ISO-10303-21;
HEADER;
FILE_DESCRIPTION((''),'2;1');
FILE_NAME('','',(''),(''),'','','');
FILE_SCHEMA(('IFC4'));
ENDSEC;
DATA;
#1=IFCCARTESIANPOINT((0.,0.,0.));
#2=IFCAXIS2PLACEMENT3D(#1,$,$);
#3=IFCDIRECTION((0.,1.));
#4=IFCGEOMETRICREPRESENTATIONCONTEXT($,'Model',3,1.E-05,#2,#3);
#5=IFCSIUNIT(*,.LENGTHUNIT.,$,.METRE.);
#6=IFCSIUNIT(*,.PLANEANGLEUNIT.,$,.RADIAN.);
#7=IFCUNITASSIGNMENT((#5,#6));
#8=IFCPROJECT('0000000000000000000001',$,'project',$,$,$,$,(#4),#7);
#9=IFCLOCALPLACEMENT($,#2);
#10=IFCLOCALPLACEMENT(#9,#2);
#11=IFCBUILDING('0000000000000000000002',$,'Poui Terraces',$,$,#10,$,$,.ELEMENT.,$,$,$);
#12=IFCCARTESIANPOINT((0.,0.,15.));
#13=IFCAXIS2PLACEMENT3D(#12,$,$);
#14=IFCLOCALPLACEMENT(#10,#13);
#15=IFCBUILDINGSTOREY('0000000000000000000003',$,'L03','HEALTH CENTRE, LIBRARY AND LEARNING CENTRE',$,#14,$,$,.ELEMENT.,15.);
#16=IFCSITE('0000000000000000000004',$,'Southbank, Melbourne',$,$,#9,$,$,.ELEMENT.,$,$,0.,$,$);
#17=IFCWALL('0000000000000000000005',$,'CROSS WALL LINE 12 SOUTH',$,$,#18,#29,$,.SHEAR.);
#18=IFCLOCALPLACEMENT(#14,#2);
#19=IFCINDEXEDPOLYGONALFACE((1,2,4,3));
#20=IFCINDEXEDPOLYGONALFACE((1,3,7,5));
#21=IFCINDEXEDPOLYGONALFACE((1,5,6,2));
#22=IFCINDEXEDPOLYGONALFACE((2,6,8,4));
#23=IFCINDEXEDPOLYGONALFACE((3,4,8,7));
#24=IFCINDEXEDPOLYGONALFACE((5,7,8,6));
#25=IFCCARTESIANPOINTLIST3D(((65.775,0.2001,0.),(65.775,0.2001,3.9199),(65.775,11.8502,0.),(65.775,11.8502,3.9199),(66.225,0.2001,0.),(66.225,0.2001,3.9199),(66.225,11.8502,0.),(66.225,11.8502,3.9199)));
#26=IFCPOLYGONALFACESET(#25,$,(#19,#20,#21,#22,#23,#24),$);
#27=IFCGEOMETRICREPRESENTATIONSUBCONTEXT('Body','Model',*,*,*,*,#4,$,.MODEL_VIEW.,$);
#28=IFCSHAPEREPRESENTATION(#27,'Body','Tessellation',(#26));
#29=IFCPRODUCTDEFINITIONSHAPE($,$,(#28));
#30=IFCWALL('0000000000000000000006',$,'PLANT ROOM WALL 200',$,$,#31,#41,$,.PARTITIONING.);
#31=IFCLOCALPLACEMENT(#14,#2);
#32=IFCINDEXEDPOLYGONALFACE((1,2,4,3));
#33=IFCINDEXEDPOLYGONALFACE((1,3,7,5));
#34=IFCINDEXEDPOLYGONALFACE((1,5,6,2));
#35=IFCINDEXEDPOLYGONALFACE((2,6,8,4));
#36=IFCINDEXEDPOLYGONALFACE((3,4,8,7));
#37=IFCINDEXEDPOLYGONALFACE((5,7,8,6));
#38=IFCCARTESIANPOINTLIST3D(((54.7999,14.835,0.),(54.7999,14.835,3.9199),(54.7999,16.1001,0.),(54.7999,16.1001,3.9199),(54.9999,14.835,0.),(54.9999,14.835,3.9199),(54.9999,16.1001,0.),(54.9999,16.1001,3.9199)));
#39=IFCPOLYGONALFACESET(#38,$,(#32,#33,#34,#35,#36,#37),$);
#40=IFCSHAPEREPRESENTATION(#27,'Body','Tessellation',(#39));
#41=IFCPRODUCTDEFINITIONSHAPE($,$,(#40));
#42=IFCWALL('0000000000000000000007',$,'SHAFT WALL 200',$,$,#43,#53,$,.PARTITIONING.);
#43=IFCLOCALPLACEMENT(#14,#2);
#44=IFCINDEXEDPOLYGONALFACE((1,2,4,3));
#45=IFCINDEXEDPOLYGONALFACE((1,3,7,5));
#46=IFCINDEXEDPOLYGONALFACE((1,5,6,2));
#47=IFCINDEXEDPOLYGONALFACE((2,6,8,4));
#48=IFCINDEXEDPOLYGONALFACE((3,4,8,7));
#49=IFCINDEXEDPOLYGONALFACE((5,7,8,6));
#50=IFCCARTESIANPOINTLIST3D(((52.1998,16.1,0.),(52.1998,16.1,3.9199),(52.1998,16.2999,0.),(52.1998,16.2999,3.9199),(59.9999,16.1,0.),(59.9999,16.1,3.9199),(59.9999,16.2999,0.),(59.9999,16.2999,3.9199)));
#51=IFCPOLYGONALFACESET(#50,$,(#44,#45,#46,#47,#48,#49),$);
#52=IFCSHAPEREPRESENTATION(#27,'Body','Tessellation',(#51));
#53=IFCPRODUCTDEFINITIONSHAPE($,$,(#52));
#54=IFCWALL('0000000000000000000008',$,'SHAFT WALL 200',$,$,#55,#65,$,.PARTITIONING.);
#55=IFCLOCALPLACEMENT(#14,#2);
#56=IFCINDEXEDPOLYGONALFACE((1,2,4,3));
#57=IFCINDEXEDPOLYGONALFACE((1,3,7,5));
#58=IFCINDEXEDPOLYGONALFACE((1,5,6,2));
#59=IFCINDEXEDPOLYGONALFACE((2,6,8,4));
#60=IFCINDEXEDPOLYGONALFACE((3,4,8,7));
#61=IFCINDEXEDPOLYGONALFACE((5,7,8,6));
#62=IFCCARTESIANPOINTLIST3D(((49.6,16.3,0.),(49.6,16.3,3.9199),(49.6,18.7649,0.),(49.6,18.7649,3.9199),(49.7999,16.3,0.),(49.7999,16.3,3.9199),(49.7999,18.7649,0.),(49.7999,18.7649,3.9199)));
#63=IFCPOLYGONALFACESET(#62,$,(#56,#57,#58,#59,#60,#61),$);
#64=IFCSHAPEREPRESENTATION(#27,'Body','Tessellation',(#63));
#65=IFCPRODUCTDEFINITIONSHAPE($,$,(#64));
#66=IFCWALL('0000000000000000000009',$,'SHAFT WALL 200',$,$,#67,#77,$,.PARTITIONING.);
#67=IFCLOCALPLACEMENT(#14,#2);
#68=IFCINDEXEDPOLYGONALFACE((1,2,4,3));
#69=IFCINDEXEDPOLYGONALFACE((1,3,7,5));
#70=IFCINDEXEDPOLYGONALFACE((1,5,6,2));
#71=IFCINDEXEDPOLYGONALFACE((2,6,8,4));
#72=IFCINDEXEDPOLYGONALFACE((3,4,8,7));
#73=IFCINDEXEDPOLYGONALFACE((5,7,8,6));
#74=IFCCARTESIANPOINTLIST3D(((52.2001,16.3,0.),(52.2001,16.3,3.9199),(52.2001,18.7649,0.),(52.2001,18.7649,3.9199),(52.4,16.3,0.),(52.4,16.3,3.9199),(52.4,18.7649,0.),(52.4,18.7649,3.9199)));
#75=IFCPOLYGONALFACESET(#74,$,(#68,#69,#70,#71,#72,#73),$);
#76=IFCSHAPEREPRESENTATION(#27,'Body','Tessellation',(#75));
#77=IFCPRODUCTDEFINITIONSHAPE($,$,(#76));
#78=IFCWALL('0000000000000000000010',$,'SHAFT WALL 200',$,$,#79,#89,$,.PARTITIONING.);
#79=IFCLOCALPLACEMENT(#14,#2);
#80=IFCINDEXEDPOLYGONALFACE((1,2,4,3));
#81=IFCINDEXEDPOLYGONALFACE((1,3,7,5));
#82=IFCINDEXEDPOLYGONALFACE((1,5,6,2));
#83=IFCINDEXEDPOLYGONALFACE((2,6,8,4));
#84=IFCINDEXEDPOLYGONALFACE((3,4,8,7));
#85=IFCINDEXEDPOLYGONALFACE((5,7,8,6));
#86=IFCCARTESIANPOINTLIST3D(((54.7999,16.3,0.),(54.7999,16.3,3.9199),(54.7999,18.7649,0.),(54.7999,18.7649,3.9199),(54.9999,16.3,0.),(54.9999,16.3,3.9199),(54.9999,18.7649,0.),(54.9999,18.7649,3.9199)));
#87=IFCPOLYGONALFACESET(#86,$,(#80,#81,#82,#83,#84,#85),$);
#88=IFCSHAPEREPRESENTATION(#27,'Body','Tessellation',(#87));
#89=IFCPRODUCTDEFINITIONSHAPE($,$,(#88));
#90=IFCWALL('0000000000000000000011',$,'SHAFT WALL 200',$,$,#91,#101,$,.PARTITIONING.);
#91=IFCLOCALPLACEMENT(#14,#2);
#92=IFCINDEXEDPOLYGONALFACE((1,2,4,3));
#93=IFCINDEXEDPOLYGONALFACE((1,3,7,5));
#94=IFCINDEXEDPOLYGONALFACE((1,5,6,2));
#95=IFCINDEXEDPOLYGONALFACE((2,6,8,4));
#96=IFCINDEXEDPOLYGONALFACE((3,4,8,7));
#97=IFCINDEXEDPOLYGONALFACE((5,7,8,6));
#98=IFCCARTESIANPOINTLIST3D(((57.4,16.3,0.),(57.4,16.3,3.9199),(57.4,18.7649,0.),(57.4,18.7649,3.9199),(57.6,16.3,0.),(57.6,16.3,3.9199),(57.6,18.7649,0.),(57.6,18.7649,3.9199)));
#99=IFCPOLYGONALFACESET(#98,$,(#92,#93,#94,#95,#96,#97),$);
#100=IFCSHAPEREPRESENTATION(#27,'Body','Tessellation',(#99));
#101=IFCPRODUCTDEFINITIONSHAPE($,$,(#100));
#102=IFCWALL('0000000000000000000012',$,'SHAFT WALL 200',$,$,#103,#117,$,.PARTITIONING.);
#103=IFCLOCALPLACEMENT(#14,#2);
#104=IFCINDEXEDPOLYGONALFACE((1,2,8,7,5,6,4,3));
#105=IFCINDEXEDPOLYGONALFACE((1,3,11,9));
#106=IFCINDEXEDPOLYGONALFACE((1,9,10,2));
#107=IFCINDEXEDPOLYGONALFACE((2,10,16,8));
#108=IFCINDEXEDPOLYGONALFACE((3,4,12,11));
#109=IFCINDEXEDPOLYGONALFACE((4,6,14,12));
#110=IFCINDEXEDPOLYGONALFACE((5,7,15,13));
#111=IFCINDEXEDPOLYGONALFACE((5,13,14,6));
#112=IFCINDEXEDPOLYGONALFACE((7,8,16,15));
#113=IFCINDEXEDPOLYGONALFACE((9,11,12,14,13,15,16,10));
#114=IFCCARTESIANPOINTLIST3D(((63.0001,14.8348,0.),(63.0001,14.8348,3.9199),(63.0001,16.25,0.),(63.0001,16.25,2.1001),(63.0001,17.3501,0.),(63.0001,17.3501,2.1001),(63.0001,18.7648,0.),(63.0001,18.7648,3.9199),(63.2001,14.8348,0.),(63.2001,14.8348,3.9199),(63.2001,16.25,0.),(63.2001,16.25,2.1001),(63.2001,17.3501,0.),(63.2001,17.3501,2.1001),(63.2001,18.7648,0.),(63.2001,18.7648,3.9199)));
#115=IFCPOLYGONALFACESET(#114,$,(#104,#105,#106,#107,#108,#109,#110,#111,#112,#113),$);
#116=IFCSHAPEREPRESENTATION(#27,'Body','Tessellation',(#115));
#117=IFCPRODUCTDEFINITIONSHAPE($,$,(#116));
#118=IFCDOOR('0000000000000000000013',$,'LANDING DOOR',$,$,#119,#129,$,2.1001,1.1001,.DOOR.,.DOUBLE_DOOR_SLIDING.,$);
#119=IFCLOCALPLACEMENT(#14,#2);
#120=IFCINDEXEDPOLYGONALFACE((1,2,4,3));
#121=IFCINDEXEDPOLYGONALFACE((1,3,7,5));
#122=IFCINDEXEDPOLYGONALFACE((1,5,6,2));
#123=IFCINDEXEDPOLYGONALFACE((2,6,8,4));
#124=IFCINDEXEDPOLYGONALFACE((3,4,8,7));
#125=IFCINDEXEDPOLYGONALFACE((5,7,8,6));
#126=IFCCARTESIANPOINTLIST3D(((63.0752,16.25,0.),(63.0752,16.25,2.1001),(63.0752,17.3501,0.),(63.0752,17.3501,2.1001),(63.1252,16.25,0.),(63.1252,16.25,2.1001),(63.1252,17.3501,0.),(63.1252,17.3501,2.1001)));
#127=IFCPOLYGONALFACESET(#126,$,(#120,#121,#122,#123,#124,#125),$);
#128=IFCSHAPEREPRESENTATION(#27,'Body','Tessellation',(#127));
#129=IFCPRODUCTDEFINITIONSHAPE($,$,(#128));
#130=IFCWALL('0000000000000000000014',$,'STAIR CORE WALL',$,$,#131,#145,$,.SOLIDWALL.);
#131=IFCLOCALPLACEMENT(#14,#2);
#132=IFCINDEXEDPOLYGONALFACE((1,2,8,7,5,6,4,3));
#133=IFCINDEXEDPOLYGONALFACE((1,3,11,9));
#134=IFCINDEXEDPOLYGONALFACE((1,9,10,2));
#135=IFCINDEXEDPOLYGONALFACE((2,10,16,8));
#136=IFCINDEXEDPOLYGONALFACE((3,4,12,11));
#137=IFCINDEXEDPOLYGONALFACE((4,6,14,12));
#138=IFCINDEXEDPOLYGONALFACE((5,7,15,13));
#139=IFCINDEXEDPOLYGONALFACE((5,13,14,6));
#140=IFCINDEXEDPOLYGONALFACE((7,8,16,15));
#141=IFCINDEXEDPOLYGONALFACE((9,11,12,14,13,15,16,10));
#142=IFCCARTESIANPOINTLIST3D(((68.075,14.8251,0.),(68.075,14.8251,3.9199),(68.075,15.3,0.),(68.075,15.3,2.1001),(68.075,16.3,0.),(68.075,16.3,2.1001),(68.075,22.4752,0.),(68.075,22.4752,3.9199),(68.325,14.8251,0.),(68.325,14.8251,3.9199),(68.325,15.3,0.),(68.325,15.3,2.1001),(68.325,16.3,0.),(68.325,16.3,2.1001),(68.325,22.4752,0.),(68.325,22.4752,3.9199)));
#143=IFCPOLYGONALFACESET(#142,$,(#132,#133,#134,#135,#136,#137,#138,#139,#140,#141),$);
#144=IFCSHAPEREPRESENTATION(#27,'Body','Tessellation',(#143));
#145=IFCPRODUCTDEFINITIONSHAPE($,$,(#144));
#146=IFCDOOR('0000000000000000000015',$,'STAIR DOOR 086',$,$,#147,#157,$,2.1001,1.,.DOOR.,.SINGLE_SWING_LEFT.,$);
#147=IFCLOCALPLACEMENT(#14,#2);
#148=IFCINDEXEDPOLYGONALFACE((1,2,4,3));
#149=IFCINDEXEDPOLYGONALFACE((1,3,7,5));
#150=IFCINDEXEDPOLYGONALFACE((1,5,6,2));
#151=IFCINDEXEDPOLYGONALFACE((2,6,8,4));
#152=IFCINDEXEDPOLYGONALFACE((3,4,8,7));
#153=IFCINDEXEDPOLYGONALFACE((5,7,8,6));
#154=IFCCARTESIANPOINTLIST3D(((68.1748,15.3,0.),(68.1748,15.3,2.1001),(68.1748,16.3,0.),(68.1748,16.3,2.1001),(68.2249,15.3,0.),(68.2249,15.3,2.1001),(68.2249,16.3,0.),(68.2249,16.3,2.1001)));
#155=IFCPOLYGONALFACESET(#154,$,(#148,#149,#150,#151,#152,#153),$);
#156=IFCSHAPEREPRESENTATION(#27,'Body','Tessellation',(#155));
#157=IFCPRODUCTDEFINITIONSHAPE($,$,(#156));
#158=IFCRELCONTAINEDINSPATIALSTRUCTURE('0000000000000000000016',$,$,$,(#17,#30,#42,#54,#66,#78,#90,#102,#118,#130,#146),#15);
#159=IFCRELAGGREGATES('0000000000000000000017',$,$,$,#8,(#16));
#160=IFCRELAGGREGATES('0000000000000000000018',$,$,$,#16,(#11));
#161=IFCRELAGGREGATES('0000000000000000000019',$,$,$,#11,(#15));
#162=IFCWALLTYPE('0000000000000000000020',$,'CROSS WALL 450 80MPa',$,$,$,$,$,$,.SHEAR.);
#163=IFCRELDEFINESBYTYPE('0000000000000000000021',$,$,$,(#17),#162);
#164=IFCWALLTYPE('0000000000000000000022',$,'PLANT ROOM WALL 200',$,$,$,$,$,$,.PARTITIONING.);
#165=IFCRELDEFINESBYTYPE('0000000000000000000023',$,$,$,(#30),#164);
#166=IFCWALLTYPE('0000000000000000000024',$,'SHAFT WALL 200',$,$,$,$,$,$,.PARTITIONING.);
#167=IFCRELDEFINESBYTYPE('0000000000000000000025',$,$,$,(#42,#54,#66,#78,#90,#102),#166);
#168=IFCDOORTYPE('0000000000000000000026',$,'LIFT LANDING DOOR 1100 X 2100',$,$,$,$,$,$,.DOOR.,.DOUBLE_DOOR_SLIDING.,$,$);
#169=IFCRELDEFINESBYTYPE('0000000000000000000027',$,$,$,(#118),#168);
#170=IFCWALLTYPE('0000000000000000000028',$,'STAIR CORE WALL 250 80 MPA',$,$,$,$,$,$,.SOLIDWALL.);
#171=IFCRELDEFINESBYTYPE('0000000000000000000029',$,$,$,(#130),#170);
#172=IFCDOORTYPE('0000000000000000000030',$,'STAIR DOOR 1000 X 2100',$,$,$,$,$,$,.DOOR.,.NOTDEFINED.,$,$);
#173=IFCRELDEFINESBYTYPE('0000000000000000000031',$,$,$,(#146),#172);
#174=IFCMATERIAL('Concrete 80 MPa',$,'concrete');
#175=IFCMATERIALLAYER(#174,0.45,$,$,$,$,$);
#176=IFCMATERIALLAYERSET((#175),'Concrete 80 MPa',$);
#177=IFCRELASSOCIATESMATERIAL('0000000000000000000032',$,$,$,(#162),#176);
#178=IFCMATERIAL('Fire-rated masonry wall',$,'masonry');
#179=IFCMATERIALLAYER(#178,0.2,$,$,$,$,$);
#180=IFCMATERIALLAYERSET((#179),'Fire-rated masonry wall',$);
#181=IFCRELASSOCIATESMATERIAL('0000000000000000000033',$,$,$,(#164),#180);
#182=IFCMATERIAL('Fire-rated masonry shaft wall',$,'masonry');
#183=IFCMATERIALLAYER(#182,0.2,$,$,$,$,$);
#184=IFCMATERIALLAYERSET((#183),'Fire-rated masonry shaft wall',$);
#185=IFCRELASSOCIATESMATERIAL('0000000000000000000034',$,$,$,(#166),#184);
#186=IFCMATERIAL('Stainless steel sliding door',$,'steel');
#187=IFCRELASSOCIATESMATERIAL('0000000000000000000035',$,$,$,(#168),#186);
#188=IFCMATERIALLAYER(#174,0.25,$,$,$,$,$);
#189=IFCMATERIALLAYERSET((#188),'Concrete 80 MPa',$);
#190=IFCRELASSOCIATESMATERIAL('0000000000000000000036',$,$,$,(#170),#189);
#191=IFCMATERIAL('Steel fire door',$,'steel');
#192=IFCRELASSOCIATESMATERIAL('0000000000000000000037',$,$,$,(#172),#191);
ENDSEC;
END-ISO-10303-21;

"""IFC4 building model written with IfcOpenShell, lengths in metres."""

from ifc_helpers import new_model, si_unit, direction, frame, frame_2d, origin, place, context, subcontext, project, spatial, rectangle, extrude, material, layer, layer_set, type_object, element, fill, save


model = new_model("IFC4")

# Units and contexts
model_context = context("Model", 3, precision=1e-05, world=origin(), true_north=direction((0.0, 1.0)))
body_context = subcontext(model_context, "Body", "Model", "MODEL_VIEW")
ifc_project = project(units=[si_unit("LENGTHUNIT", "METRE"), si_unit("PLANEANGLEUNIT", "RADIAN")], contexts=[model_context])

# Site, building, storey
site_placement = place(None, origin())
site = spatial("IfcSite", under=ifc_project, at=site_placement, Name="Southbank, Melbourne", CompositionType="ELEMENT", RefElevation=0.0)
building_placement = place(site_placement, origin())
building = spatial("IfcBuilding", under=site, at=building_placement, Name="Poui Terraces", CompositionType="ELEMENT")
storey_placement = place(building_placement, frame((0.0, 0.0, 15.0)))
storey = spatial("IfcBuildingStorey", under=building, at=storey_placement, Name="L03", Description="HEALTH CENTRE, LIBRARY AND LEARNING CENTRE", CompositionType="ELEMENT", Elevation=15.0)

# Shared definitions
ifc_material_1 = material(Name="Concrete 80 MPa", Category="concrete")

# Shared definitions
ifc_material_2 = material(Name="Steel fire door", Category="steel")

# Walls
ifc_layer_1 = layer(ifc_material_1, 0.45)
ifc_layer_set_1 = layer_set([ifc_layer_1], Name="Concrete 80 MPa")
wall_type_1 = type_object("IfcWallType", Name="CROSS WALL 450 80MPa", PredefinedType="SHEAR", material=ifc_layer_set_1)
for number, where, z_axis, x_axis, name in (
    (1, (66.0, 0.2, 0.0), (0.0, 0.0, 1.0), (0.0, 1.0, 0.0), "CROSS WALL LINE 12 SOUTH"),
):
    element("IfcWall", number, at=place(storey_placement, frame(where, z_axis=z_axis, x_axis=x_axis)), inside=storey, type_object=wall_type_1, Name=name, PredefinedType="SHEAR", context=body_context, shape_type="SweptSolid", body=[
        extrude(rectangle(XDim=11.6501, YDim=0.45, at=frame_2d((5.8252, 0.0))), origin(), (0.0, 0.0, 1.0), 3.9199),
    ])
ifc_material_3 = material(Name="Fire-rated masonry wall", Category="masonry")
ifc_layer_2 = layer(ifc_material_3, 0.2)
ifc_layer_set_2 = layer_set([ifc_layer_2], Name="Fire-rated masonry wall")
wall_type_2 = type_object("IfcWallType", Name="PLANT ROOM WALL 200", PredefinedType="PARTITIONING", material=ifc_layer_set_2)
wall_1_placement = place(storey_placement, frame((54.8999, 14.835, 0.0), z_axis=(0.0, 0.0, 1.0), x_axis=(0.0, 1.0, 0.0)))
element("IfcWall", 2, at=wall_1_placement, inside=storey, type_object=wall_type_2, Name="PLANT ROOM WALL 200", PredefinedType="PARTITIONING", context=body_context, shape_type="SweptSolid", body=[
    extrude(rectangle(XDim=1.2651, YDim=0.2, at=frame_2d((0.6326, 0.0))), origin(), (0.0, 0.0, 1.0), 3.9199),
])
ifc_material_4 = material(Name="Fire-rated masonry shaft wall", Category="masonry")
ifc_layer_3 = layer(ifc_material_4, 0.2)
ifc_layer_set_3 = layer_set([ifc_layer_3], Name="Fire-rated masonry shaft wall")
wall_type_3 = type_object("IfcWallType", Name="SHAFT WALL 200", PredefinedType="PARTITIONING", material=ifc_layer_set_3)
wall_2_placement = place(storey_placement, frame((52.2, 16.2, 0.0), z_axis=(0.0, 0.0, 1.0), x_axis=(1.0, 0.0, 0.0)))
element("IfcWall", 3, at=wall_2_placement, inside=storey, type_object=wall_type_3, Name="SHAFT WALL 200", PredefinedType="PARTITIONING", context=body_context, shape_type="SweptSolid", body=[
    extrude(rectangle(XDim=7.8, YDim=0.2, at=frame_2d((3.8999, 0.0))), origin(), (0.0, 0.0, 1.0), 3.9199),
])
for number, where, z_axis, x_axis, name in (
    (4, (49.7, 16.3, 0.0), (0.0, 0.0, 1.0), (0.0, 1.0, 0.0), "SHAFT WALL 200"),
    (5, (52.3, 16.3, 0.0), (0.0, 0.0, 1.0), (0.0, 1.0, 0.0), "SHAFT WALL 200"),
    (6, (54.8999, 16.3, 0.0), (0.0, 0.0, 1.0), (0.0, 1.0, 0.0), "SHAFT WALL 200"),
    (7, (57.5, 16.3, 0.0), (0.0, 0.0, 1.0), (0.0, 1.0, 0.0), "SHAFT WALL 200"),
):
    element("IfcWall", number, at=place(storey_placement, frame(where, z_axis=z_axis, x_axis=x_axis)), inside=storey, type_object=wall_type_3, Name=name, PredefinedType="PARTITIONING", context=body_context, shape_type="SweptSolid", body=[
        extrude(rectangle(XDim=2.4648, YDim=0.2, at=frame_2d((1.2324, 0.0))), origin(), (0.0, 0.0, 1.0), 3.9199),
    ])

# Walls, openings, doors
wall_3_placement = place(storey_placement, frame((63.1001, 14.835, 0.0), z_axis=(0.0, 0.0, 1.0), x_axis=(0.0, 1.0, 0.0)))
wall_3 = element("IfcWall", 8, at=wall_3_placement, inside=storey, type_object=wall_type_3, Name="SHAFT WALL 200", PredefinedType="PARTITIONING", context=body_context, shape_type="SweptSolid", body=[
    extrude(rectangle(XDim=3.9299, YDim=0.2, at=frame_2d((1.9648, 0.0))), origin(), (0.0, 0.0, 1.0), 3.9199),
])
opening_1_placement = place(wall_3_placement, frame((1.415, 0.0, 0.0)))
opening_1 = element("IfcOpeningElement", 9, at=opening_1_placement, cuts=wall_3, PredefinedType="OPENING", context=body_context, shape_type="SweptSolid", body=[
    extrude(rectangle(XDim=1.1001, YDim=2.1001, at=frame_2d((0.55, 1.05))), frame((0.0, 0.1099, 0.0), z_axis=(0.0, -1.0, 0.0), x_axis=(1.0, 0.0, 0.0)), (0.0, 0.0, 1.0), 0.22),
])
ifc_material_5 = material(Name="Stainless steel sliding door", Category="steel")
door_type_1 = type_object("IfcDoorType", Name="LIFT LANDING DOOR 1100 X 2100", OperationType="DOUBLE_DOOR_SLIDING", PredefinedType="DOOR", material=ifc_material_5)
door_1_placement = place(opening_1_placement, origin())
door_1 = element("IfcDoor", 10, at=door_1_placement, inside=storey, type_object=door_type_1, Name="LANDING DOOR", OperationType="DOUBLE_DOOR_SLIDING", OverallHeight=2.1001, OverallWidth=1.1001, PredefinedType="DOOR", context=body_context, shape_type="SweptSolid", body=[
    extrude(rectangle(XDim=1.1001, YDim=2.1001, at=frame_2d((0.55, 1.05))), frame((0.0, 0.0249, 0.0), z_axis=(0.0, -1.0, 0.0), x_axis=(1.0, 0.0, 0.0)), (0.0, 0.0, 1.0), 0.05),
])
fill(opening_1, door_1)
ifc_layer_4 = layer(ifc_material_1, 0.25)
ifc_layer_set_4 = layer_set([ifc_layer_4], Name="Concrete 80 MPa")
wall_type_4 = type_object("IfcWallType", Name="STAIR CORE WALL 250 80 MPA", PredefinedType="SOLIDWALL", material=ifc_layer_set_4)
wall_4_placement = place(storey_placement, frame((68.2, 14.825, 0.0), z_axis=(0.0, 0.0, 1.0), x_axis=(0.0, 1.0, 0.0)))
wall_4 = element("IfcWall", 11, at=wall_4_placement, inside=storey, type_object=wall_type_4, Name="STAIR CORE WALL", PredefinedType="SOLIDWALL", context=body_context, shape_type="SweptSolid", body=[
    extrude(rectangle(XDim=7.6501, YDim=0.25, at=frame_2d((3.8252, 0.0))), origin(), (0.0, 0.0, 1.0), 3.9199),
])
opening_2_placement = place(wall_4_placement, frame((0.4751, 0.0, 0.0)))
opening_2 = element("IfcOpeningElement", 12, at=opening_2_placement, cuts=wall_4, PredefinedType="OPENING", context=body_context, shape_type="SweptSolid", body=[
    extrude(rectangle(XDim=1.0, YDim=2.1001, at=frame_2d((0.5, 1.05))), frame((0.0, 0.135, 0.0), z_axis=(0.0, -1.0, 0.0), x_axis=(1.0, 0.0, 0.0)), (0.0, 0.0, 1.0), 0.27),
])
door_type_2 = type_object("IfcDoorType", Name="STAIR DOOR 1000 X 2100", OperationType="NOTDEFINED", PredefinedType="DOOR", material=ifc_material_2)
door_2_placement = place(opening_2_placement, frame((1.0, 0.0, 0.0), z_axis=(0.0, 0.0, 1.0), x_axis=(-1.0, 0.0, 0.0)))
door_2 = element("IfcDoor", 13, at=door_2_placement, inside=storey, type_object=door_type_2, Name="STAIR DOOR 086", OperationType="SINGLE_SWING_LEFT", OverallHeight=2.1001, OverallWidth=1.0, PredefinedType="DOOR", context=body_context, shape_type="SweptSolid", body=[
    extrude(rectangle(XDim=1.0, YDim=2.1001, at=frame_2d((0.5, 1.05))), frame((0.0, 0.0249, 0.0), z_axis=(0.0, -1.0, 0.0), x_axis=(1.0, 0.0, 0.0)), (0.0, 0.0, 1.0), 0.05),
])
fill(opening_2, door_2)

save(model, "model.ifc")
